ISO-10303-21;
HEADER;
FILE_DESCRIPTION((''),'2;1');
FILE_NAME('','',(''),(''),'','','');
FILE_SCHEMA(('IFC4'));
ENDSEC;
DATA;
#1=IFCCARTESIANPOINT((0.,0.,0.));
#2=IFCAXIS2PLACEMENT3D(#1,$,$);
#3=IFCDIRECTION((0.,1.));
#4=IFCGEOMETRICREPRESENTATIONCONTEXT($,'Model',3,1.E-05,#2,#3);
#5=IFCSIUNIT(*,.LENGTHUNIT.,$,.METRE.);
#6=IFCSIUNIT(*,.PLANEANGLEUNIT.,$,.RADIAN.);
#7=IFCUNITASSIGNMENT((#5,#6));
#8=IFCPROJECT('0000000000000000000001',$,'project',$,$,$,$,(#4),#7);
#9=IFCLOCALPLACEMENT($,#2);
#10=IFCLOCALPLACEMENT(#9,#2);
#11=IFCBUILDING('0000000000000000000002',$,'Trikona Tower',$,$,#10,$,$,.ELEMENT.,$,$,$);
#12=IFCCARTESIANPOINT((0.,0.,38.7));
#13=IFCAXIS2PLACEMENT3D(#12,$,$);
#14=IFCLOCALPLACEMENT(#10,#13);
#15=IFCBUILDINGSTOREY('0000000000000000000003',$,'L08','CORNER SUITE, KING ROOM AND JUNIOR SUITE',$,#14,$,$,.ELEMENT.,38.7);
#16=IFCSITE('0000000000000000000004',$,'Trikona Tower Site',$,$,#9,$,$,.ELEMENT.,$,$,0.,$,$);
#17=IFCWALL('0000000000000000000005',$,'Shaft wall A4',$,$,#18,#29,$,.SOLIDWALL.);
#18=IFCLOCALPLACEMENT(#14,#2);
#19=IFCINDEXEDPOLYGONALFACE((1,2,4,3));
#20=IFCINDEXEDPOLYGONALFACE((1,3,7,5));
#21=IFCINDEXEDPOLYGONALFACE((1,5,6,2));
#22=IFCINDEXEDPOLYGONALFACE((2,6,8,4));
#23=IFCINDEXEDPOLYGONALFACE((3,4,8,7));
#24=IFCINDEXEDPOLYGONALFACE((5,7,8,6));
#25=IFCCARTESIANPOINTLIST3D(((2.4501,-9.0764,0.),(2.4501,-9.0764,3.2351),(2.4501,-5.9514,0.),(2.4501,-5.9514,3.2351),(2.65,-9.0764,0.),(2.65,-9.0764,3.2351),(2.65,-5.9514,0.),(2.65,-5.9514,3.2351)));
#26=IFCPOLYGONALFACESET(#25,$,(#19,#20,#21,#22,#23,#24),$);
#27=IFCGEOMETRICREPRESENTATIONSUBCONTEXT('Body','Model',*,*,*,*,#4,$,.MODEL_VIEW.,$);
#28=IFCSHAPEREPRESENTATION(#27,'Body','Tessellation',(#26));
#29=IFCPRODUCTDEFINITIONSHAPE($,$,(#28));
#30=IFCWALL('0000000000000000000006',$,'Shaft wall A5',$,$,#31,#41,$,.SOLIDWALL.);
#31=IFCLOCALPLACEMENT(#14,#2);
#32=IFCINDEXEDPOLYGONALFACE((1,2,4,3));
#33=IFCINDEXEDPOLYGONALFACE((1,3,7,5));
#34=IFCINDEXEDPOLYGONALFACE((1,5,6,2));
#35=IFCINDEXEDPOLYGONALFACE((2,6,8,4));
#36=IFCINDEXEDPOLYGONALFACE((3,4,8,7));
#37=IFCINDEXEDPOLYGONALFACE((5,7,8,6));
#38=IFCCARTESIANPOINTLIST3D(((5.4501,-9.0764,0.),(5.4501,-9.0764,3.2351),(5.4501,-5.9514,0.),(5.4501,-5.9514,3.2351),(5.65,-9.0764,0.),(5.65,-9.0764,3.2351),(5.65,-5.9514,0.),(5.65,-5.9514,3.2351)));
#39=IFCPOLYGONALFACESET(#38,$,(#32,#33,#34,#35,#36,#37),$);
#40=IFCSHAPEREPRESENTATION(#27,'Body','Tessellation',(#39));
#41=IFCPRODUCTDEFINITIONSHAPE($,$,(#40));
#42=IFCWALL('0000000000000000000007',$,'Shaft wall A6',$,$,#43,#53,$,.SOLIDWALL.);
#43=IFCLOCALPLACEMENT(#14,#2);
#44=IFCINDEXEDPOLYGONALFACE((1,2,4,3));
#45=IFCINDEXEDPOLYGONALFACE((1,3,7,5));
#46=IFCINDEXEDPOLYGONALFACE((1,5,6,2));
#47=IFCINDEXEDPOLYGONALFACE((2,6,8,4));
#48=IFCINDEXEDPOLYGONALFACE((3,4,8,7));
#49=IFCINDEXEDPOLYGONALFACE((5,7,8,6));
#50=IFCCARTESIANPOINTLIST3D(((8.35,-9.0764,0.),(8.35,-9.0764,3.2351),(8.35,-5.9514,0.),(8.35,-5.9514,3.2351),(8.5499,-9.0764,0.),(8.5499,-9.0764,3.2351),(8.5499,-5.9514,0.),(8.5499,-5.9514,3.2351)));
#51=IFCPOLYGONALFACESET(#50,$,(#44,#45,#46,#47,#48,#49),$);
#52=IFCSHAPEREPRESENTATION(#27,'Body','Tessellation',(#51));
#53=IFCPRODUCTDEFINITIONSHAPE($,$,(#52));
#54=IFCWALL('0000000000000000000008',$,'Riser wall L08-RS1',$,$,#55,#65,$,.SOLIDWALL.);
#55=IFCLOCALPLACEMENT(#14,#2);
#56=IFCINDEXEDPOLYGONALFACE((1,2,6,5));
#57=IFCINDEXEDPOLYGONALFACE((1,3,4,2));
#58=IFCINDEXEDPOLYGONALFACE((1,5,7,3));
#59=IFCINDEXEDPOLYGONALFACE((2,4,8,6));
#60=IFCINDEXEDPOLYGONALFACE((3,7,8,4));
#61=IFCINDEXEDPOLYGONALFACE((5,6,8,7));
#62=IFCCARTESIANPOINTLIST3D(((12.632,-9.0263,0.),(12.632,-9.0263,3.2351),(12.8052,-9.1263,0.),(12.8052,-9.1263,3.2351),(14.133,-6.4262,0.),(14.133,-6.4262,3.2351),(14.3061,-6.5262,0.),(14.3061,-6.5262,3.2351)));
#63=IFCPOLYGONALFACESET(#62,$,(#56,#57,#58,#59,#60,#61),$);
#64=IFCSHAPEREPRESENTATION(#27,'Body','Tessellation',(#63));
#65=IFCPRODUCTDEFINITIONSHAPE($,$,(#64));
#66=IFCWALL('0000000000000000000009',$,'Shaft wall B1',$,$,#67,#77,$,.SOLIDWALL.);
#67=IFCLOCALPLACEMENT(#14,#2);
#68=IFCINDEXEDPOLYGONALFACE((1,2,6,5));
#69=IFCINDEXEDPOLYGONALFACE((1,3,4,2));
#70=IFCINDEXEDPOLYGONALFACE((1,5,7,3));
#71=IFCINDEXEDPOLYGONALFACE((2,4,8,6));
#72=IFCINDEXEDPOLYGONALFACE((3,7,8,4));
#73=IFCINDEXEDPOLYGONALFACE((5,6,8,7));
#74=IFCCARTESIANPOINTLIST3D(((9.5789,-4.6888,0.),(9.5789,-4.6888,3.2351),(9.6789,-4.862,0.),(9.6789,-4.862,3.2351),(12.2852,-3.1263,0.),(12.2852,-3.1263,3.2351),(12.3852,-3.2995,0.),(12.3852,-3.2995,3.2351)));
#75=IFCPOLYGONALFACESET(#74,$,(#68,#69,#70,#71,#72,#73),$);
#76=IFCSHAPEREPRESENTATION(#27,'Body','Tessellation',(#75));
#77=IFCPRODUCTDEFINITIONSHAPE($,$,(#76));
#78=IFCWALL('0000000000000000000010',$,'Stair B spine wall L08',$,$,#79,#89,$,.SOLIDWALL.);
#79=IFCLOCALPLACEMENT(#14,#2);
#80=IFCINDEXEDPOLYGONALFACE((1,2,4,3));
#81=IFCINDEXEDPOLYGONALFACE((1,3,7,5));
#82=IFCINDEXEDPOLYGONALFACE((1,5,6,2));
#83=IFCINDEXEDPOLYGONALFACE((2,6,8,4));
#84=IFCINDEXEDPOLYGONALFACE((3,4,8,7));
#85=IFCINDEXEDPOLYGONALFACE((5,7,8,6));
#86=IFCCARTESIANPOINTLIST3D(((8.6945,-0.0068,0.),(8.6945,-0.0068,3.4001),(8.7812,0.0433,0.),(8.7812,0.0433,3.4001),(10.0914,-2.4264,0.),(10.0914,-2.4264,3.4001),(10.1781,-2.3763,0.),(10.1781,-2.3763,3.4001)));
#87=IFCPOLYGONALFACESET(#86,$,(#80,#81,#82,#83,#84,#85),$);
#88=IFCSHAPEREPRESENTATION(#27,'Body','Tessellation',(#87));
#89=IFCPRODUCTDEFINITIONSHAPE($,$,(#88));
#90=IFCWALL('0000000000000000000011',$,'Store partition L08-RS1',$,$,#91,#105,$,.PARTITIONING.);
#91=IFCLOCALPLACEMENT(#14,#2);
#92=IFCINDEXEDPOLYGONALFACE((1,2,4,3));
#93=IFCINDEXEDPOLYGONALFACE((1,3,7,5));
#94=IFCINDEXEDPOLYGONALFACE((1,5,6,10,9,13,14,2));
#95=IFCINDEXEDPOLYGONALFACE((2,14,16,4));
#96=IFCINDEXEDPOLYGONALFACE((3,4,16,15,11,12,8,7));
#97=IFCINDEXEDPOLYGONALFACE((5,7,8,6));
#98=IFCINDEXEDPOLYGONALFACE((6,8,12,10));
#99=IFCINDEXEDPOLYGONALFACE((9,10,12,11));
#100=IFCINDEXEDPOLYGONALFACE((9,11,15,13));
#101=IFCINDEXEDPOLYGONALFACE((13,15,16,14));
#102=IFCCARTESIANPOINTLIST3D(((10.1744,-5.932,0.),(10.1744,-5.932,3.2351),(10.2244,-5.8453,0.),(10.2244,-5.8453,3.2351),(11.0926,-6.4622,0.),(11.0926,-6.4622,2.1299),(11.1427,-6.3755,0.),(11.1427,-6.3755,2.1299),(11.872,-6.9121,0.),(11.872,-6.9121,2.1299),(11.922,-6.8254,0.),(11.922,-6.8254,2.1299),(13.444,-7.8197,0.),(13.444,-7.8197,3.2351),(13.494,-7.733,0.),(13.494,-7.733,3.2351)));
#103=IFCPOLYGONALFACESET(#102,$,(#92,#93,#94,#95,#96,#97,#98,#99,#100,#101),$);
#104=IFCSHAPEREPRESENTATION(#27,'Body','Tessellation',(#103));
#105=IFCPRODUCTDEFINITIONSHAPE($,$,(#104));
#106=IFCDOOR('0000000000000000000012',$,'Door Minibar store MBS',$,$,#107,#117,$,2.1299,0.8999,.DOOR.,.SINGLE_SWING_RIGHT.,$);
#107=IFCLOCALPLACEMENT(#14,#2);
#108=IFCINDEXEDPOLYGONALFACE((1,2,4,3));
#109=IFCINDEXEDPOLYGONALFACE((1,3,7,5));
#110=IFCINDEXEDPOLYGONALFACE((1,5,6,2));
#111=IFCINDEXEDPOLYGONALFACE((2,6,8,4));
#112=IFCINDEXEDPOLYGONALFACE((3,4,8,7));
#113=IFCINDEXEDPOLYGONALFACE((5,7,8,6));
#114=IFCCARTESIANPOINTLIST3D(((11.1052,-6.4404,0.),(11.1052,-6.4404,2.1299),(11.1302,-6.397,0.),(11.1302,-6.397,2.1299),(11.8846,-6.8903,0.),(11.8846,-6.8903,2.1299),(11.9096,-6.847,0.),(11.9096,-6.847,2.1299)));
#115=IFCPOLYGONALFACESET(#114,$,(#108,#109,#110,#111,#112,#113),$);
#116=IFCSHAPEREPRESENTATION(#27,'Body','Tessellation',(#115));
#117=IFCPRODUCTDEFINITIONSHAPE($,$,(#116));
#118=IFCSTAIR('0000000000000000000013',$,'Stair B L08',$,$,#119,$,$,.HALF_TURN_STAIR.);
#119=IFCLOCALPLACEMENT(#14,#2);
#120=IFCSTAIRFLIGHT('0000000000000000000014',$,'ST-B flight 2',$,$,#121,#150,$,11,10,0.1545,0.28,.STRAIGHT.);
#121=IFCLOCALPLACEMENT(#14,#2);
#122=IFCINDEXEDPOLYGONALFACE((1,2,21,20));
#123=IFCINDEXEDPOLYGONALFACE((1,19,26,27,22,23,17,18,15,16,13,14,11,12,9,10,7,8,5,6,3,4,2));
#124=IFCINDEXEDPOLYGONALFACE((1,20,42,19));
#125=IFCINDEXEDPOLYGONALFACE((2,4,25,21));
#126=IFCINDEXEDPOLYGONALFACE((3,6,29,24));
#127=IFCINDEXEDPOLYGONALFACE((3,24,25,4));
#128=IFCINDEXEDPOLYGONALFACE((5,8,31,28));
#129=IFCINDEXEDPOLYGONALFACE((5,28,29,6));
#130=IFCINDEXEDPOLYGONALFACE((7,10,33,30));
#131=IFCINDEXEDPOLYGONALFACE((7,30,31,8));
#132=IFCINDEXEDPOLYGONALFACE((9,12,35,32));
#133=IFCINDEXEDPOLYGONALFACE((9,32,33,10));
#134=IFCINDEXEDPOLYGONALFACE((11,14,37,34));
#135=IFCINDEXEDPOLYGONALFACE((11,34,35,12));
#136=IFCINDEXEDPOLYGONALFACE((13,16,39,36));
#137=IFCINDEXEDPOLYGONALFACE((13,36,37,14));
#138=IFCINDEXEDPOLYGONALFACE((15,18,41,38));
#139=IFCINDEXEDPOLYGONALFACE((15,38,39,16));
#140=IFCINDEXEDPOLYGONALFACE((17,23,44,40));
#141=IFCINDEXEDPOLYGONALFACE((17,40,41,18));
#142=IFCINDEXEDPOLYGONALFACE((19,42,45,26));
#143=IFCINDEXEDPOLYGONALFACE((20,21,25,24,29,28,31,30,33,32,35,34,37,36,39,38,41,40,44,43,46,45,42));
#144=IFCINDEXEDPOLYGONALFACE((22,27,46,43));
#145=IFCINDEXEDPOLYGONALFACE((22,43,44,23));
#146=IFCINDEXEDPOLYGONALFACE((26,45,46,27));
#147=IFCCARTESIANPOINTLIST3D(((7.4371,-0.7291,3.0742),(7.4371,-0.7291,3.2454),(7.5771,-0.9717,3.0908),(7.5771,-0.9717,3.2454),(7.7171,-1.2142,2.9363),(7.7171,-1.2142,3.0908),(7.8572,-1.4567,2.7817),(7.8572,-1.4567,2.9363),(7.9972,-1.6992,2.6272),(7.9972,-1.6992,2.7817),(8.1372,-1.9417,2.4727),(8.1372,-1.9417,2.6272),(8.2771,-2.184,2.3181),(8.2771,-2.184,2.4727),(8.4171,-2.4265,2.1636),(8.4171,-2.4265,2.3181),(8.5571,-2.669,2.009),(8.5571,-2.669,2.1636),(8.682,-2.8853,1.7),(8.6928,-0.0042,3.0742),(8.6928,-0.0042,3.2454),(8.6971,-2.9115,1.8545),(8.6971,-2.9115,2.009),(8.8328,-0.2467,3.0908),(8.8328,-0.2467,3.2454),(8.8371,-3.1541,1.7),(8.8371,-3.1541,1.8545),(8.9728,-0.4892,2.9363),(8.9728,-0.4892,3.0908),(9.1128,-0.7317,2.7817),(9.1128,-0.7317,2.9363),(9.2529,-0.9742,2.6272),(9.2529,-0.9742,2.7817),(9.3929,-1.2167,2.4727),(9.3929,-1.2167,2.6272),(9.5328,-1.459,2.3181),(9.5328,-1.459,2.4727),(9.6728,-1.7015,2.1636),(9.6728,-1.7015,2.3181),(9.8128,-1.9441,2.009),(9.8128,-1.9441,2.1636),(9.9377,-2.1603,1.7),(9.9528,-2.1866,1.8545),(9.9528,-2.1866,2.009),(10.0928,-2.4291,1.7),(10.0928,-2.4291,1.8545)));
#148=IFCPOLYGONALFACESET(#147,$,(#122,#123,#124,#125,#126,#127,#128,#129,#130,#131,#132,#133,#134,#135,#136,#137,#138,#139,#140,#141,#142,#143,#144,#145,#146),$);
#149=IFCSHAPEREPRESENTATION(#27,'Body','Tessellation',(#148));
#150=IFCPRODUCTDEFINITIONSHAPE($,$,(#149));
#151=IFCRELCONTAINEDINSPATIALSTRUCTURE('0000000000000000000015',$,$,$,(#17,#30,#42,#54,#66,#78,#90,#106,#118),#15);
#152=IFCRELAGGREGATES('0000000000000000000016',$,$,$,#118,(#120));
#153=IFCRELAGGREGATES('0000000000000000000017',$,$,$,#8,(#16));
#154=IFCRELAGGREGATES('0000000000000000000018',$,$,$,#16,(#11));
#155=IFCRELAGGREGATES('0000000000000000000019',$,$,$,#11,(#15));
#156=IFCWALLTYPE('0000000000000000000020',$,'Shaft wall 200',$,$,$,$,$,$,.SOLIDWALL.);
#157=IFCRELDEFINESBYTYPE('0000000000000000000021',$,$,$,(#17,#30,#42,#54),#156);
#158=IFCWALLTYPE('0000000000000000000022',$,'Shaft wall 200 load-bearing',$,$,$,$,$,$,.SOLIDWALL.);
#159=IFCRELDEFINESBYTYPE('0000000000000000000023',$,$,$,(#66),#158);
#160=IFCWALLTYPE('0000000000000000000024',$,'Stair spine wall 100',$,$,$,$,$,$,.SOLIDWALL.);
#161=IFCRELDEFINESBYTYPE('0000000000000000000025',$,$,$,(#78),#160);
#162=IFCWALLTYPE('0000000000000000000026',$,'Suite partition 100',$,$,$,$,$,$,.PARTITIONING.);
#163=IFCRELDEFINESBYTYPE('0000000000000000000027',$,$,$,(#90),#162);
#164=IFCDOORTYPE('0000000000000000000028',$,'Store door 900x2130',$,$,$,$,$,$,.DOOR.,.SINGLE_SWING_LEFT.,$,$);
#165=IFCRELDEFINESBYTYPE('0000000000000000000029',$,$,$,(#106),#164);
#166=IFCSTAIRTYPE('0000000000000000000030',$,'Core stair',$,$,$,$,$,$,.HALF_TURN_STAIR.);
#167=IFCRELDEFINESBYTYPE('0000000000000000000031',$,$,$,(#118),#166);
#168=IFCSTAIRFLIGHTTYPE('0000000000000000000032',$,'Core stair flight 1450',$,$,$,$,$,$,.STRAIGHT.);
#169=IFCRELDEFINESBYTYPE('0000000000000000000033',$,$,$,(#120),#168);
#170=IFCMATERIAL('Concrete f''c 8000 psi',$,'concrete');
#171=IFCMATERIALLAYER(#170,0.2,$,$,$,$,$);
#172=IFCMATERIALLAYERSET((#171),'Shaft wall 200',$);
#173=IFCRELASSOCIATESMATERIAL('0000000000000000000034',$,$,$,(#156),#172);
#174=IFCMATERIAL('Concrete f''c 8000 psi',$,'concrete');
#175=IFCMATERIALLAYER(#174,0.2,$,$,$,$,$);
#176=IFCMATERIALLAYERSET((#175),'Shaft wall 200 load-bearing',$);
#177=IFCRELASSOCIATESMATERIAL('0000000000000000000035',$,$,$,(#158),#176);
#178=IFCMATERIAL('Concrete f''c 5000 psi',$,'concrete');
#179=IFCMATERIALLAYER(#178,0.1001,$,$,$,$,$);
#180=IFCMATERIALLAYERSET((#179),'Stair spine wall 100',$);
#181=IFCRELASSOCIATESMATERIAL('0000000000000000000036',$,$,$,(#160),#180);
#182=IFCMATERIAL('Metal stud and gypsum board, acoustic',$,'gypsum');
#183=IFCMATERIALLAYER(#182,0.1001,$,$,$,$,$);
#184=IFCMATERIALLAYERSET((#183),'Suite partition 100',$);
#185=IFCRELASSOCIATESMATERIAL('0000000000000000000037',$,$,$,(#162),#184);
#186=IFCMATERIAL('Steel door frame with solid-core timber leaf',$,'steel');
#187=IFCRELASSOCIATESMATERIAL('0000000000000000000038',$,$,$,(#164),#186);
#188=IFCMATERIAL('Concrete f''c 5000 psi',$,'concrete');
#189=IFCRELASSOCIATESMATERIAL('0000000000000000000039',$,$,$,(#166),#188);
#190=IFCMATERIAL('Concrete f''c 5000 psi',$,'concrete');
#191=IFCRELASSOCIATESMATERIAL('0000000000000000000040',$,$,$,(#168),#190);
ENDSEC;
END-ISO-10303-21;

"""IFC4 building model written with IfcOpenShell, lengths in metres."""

from ifc_helpers import new_model, si_unit, direction, frame, frame_2d, origin, place, context, subcontext, project, spatial, polyline, rectangle, outline, extrude, material, layer, layer_set, type_object, element, fill, aggregate, save


model = new_model("IFC4")

# Units and contexts
model_context = context("Model", 3, precision=1e-05, world=origin(), true_north=direction((0.0, 1.0)))
body_context = subcontext(model_context, "Body", "Model", "MODEL_VIEW")
ifc_project = project(units=[si_unit("LENGTHUNIT", "METRE"), si_unit("PLANEANGLEUNIT", "RADIAN")], contexts=[model_context])

# Site, building, storey
site_placement = place(None, origin())
site = spatial("IfcSite", under=ifc_project, at=site_placement, Name="Trikona Tower Site", CompositionType="ELEMENT", RefElevation=0.0)
building_placement = place(site_placement, origin())
building = spatial("IfcBuilding", under=site, at=building_placement, Name="Trikona Tower", CompositionType="ELEMENT")
storey_placement = place(building_placement, frame((0.0, 0.0, 38.7)))
storey = spatial("IfcBuildingStorey", under=building, at=storey_placement, Name="L08", Description="CORNER SUITE, KING ROOM AND JUNIOR SUITE", CompositionType="ELEMENT", Elevation=38.7)

# Walls
ifc_material_1 = material(Name="Concrete f'c 8000 psi", Category="concrete")
ifc_layer_1 = layer(ifc_material_1, 0.2)
ifc_layer_set_1 = layer_set([ifc_layer_1], Name="Shaft wall 200")
wall_type_1 = type_object("IfcWallType", Name="Shaft wall 200", PredefinedType="SOLIDWALL", material=ifc_layer_set_1)
for number, where, z_axis, x_axis, name in (
    (1, (2.55, -5.9514, 0.0), (0.0, 0.0, 1.0), (0.0, -1.0, 0.0), "Shaft wall A4"),
    (2, (5.55, -5.9514, 0.0), (0.0, 0.0, 1.0), (0.0, -1.0, 0.0), "Shaft wall A5"),
    (3, (8.45, -5.9514, 0.0), (0.0, 0.0, 1.0), (0.0, -1.0, 0.0), "Shaft wall A6"),
):
    element("IfcWall", number, at=place(storey_placement, frame(where, z_axis=z_axis, x_axis=x_axis)), inside=storey, type_object=wall_type_1, Name=name, PredefinedType="SOLIDWALL", context=body_context, shape_type="SweptSolid", body=[
        extrude(rectangle(XDim=3.125, YDim=0.2, at=frame_2d((1.5625, 0.0))), origin(), (0.0, 0.0, 1.0), 3.2351),
    ])
wall_1_placement = place(storey_placement, frame((14.2195, -6.4763, 0.0), z_axis=(0.0, 0.0, 1.0), x_axis=(-0.499952, -0.866053, 0.0)))
element("IfcWall", 4, at=wall_1_placement, inside=storey, type_object=wall_type_1, Name="Riser wall L08-RS1", PredefinedType="SOLIDWALL", context=body_context, shape_type="SweptSolid", body=[
    extrude(rectangle(XDim=3.0022, YDim=0.2, at=frame_2d((1.501, 0.0))), origin(), (0.0, 0.0, 1.0), 3.2351),
])
ifc_material_2 = material(Name="Concrete f'c 8000 psi", Category="concrete")
ifc_layer_2 = layer(ifc_material_2, 0.2)
ifc_layer_set_2 = layer_set([ifc_layer_2], Name="Shaft wall 200 load-bearing")
wall_type_2 = type_object("IfcWallType", Name="Shaft wall 200 load-bearing", PredefinedType="SOLIDWALL", material=ifc_layer_set_2)
wall_2_placement = place(storey_placement, frame((9.6289, -4.7754, 0.0), z_axis=(0.0, 0.0, 1.0), x_axis=(0.866023, 0.500004, 0.0)))
element("IfcWall", 5, at=wall_2_placement, inside=storey, type_object=wall_type_2, Name="Shaft wall B1", PredefinedType="SOLIDWALL", context=body_context, shape_type="SweptSolid", body=[
    extrude(rectangle(XDim=3.125, YDim=0.2, at=frame_2d((1.5625, 0.0))), origin(), (0.0, 0.0, 1.0), 3.2351),
])
ifc_material_3 = material(Name="Concrete f'c 5000 psi", Category="concrete")
ifc_layer_3 = layer(ifc_material_3, 0.1001)
ifc_layer_set_3 = layer_set([ifc_layer_3], Name="Stair spine wall 100")
wall_type_3 = type_object("IfcWallType", Name="Stair spine wall 100", PredefinedType="SOLIDWALL", material=ifc_layer_set_3)
wall_3_placement = place(storey_placement, frame((10.1348, -2.4014, 0.0), z_axis=(0.0, 0.0, 1.0), x_axis=(-0.499992, 0.86603, 0.0)))
element("IfcWall", 6, at=wall_3_placement, inside=storey, type_object=wall_type_3, Name="Stair B spine wall L08", PredefinedType="SOLIDWALL", context=body_context, shape_type="SweptSolid", body=[
    extrude(rectangle(XDim=2.7939, YDim=0.1001, at=frame_2d((1.397, 0.0))), origin(), (0.0, 0.0, 1.0), 3.4001),
])

# Wall, opening, door
ifc_material_4 = material(Name="Metal stud and gypsum board, acoustic", Category="gypsum")
ifc_layer_4 = layer(ifc_material_4, 0.1001)
ifc_layer_set_4 = layer_set([ifc_layer_4], Name="Suite partition 100")
wall_type_4 = type_object("IfcWallType", Name="Suite partition 100", PredefinedType="PARTITIONING", material=ifc_layer_set_4)
wall_4_placement = place(storey_placement, frame((13.469, -7.7764, 0.0), z_axis=(0.0, 0.0, 1.0), x_axis=(-0.866022, 0.500006, 0.0)))
wall_4 = element("IfcWall", 7, at=wall_4_placement, inside=storey, type_object=wall_type_4, Name="Store partition L08-RS1", PredefinedType="PARTITIONING", context=body_context, shape_type="SweptSolid", body=[
    extrude(rectangle(XDim=3.7754, YDim=0.1001, at=frame_2d((1.8877, 0.0))), origin(), (0.0, 0.0, 1.0), 3.2351),
])
opening_1_placement = place(wall_4_placement, frame((1.8152, 0.0, 0.0)))
opening_1 = element("IfcOpeningElement", 8, at=opening_1_placement, cuts=wall_4, PredefinedType="OPENING", context=body_context, shape_type="SweptSolid", body=[
    extrude(rectangle(XDim=0.8999, YDim=2.1299, at=frame_2d((0.45, 1.0649))), frame((0.0, 0.0601, 0.0), z_axis=(0.0, -1.0, 0.0), x_axis=(1.0, 0.0, 0.0)), (0.0, 0.0, 1.0), 0.1201),
])
ifc_material_5 = material(Name="Steel door frame with solid-core timber leaf", Category="steel")
door_type_1 = type_object("IfcDoorType", Name="Store door 900x2130", OperationType="SINGLE_SWING_LEFT", PredefinedType="DOOR", material=ifc_material_5)
door_1_placement = place(opening_1_placement, origin())
door_1 = element("IfcDoor", 9, at=door_1_placement, inside=storey, type_object=door_type_1, Name="Door Minibar store MBS", OperationType="SINGLE_SWING_RIGHT", OverallHeight=2.1299, OverallWidth=0.8999, PredefinedType="DOOR", context=body_context, shape_type="SweptSolid", body=[
    extrude(rectangle(XDim=0.8999, YDim=2.1299, at=frame_2d((0.45, 1.0649))), frame((0.0, 0.0249, 0.0), z_axis=(0.0, -1.0, 0.0), x_axis=(1.0, 0.0, 0.0)), (0.0, 0.0, 1.0), 0.05),
])
fill(opening_1, door_1)

# Stair, stair flight
ifc_material_6 = material(Name="Concrete f'c 5000 psi", Category="concrete")
stair_type = type_object("IfcStairType", Name="Core stair", PredefinedType="HALF_TURN_STAIR", material=ifc_material_6)
stair_placement = place(storey_placement, origin())
stair = element("IfcStair", 10, at=stair_placement, inside=storey, type_object=stair_type, Name="Stair B L08", PredefinedType="HALF_TURN_STAIR")
ifc_material_7 = material(Name="Concrete f'c 5000 psi", Category="concrete")
stair_flight_type = type_object("IfcStairFlightType", Name="Core stair flight 1450", PredefinedType="STRAIGHT", material=ifc_material_7)
stair_flight_placement = place(storey_placement, frame((9.4651, -2.7915, 1.7), z_axis=(0.0, 0.0, 1.0), x_axis=(-0.5, 0.866025, 0.0)))
stair_flight = element("IfcStairFlight", 11, at=stair_flight_placement, type_object=stair_flight_type, Name="ST-B flight 2", NumberOfRisers=11, NumberOfTreads=10, PredefinedType="STRAIGHT", RiserHeight=0.1545, TreadLength=0.28, context=body_context, shape_type="SweptSolid", body=[
    extrude(outline(polyline([(0.0, 0.0), (0.0, 0.1545), (0.28, 0.1545), (0.28, 0.3091), (0.5601, 0.3091), (0.5601, 0.4636), (0.8401, 0.4636), (0.8401, 0.6182), (1.1201, 0.6182), (1.1201, 0.7727), (1.3999, 0.7727), (1.3999, 0.9272), (1.6799, 0.9272), (1.6799, 1.0818), (1.96, 1.0818), (1.96, 1.2363), (2.24, 1.2363), (2.24, 1.3909), (2.52, 1.3909), (2.52, 1.5454), (2.8, 1.5454), (2.8, 1.7), (2.8, 1.3743), (0.3103, 0.0), (0.0, 0.0)])), frame((0.0, 0.7251, 0.0), z_axis=(0.0, -1.0, 0.0), x_axis=(1.0, 0.0, 0.0)), (0.0, 0.0, 1.0), 1.45),
])
aggregate(stair, [stair_flight])

save(model, "model.ifc")
